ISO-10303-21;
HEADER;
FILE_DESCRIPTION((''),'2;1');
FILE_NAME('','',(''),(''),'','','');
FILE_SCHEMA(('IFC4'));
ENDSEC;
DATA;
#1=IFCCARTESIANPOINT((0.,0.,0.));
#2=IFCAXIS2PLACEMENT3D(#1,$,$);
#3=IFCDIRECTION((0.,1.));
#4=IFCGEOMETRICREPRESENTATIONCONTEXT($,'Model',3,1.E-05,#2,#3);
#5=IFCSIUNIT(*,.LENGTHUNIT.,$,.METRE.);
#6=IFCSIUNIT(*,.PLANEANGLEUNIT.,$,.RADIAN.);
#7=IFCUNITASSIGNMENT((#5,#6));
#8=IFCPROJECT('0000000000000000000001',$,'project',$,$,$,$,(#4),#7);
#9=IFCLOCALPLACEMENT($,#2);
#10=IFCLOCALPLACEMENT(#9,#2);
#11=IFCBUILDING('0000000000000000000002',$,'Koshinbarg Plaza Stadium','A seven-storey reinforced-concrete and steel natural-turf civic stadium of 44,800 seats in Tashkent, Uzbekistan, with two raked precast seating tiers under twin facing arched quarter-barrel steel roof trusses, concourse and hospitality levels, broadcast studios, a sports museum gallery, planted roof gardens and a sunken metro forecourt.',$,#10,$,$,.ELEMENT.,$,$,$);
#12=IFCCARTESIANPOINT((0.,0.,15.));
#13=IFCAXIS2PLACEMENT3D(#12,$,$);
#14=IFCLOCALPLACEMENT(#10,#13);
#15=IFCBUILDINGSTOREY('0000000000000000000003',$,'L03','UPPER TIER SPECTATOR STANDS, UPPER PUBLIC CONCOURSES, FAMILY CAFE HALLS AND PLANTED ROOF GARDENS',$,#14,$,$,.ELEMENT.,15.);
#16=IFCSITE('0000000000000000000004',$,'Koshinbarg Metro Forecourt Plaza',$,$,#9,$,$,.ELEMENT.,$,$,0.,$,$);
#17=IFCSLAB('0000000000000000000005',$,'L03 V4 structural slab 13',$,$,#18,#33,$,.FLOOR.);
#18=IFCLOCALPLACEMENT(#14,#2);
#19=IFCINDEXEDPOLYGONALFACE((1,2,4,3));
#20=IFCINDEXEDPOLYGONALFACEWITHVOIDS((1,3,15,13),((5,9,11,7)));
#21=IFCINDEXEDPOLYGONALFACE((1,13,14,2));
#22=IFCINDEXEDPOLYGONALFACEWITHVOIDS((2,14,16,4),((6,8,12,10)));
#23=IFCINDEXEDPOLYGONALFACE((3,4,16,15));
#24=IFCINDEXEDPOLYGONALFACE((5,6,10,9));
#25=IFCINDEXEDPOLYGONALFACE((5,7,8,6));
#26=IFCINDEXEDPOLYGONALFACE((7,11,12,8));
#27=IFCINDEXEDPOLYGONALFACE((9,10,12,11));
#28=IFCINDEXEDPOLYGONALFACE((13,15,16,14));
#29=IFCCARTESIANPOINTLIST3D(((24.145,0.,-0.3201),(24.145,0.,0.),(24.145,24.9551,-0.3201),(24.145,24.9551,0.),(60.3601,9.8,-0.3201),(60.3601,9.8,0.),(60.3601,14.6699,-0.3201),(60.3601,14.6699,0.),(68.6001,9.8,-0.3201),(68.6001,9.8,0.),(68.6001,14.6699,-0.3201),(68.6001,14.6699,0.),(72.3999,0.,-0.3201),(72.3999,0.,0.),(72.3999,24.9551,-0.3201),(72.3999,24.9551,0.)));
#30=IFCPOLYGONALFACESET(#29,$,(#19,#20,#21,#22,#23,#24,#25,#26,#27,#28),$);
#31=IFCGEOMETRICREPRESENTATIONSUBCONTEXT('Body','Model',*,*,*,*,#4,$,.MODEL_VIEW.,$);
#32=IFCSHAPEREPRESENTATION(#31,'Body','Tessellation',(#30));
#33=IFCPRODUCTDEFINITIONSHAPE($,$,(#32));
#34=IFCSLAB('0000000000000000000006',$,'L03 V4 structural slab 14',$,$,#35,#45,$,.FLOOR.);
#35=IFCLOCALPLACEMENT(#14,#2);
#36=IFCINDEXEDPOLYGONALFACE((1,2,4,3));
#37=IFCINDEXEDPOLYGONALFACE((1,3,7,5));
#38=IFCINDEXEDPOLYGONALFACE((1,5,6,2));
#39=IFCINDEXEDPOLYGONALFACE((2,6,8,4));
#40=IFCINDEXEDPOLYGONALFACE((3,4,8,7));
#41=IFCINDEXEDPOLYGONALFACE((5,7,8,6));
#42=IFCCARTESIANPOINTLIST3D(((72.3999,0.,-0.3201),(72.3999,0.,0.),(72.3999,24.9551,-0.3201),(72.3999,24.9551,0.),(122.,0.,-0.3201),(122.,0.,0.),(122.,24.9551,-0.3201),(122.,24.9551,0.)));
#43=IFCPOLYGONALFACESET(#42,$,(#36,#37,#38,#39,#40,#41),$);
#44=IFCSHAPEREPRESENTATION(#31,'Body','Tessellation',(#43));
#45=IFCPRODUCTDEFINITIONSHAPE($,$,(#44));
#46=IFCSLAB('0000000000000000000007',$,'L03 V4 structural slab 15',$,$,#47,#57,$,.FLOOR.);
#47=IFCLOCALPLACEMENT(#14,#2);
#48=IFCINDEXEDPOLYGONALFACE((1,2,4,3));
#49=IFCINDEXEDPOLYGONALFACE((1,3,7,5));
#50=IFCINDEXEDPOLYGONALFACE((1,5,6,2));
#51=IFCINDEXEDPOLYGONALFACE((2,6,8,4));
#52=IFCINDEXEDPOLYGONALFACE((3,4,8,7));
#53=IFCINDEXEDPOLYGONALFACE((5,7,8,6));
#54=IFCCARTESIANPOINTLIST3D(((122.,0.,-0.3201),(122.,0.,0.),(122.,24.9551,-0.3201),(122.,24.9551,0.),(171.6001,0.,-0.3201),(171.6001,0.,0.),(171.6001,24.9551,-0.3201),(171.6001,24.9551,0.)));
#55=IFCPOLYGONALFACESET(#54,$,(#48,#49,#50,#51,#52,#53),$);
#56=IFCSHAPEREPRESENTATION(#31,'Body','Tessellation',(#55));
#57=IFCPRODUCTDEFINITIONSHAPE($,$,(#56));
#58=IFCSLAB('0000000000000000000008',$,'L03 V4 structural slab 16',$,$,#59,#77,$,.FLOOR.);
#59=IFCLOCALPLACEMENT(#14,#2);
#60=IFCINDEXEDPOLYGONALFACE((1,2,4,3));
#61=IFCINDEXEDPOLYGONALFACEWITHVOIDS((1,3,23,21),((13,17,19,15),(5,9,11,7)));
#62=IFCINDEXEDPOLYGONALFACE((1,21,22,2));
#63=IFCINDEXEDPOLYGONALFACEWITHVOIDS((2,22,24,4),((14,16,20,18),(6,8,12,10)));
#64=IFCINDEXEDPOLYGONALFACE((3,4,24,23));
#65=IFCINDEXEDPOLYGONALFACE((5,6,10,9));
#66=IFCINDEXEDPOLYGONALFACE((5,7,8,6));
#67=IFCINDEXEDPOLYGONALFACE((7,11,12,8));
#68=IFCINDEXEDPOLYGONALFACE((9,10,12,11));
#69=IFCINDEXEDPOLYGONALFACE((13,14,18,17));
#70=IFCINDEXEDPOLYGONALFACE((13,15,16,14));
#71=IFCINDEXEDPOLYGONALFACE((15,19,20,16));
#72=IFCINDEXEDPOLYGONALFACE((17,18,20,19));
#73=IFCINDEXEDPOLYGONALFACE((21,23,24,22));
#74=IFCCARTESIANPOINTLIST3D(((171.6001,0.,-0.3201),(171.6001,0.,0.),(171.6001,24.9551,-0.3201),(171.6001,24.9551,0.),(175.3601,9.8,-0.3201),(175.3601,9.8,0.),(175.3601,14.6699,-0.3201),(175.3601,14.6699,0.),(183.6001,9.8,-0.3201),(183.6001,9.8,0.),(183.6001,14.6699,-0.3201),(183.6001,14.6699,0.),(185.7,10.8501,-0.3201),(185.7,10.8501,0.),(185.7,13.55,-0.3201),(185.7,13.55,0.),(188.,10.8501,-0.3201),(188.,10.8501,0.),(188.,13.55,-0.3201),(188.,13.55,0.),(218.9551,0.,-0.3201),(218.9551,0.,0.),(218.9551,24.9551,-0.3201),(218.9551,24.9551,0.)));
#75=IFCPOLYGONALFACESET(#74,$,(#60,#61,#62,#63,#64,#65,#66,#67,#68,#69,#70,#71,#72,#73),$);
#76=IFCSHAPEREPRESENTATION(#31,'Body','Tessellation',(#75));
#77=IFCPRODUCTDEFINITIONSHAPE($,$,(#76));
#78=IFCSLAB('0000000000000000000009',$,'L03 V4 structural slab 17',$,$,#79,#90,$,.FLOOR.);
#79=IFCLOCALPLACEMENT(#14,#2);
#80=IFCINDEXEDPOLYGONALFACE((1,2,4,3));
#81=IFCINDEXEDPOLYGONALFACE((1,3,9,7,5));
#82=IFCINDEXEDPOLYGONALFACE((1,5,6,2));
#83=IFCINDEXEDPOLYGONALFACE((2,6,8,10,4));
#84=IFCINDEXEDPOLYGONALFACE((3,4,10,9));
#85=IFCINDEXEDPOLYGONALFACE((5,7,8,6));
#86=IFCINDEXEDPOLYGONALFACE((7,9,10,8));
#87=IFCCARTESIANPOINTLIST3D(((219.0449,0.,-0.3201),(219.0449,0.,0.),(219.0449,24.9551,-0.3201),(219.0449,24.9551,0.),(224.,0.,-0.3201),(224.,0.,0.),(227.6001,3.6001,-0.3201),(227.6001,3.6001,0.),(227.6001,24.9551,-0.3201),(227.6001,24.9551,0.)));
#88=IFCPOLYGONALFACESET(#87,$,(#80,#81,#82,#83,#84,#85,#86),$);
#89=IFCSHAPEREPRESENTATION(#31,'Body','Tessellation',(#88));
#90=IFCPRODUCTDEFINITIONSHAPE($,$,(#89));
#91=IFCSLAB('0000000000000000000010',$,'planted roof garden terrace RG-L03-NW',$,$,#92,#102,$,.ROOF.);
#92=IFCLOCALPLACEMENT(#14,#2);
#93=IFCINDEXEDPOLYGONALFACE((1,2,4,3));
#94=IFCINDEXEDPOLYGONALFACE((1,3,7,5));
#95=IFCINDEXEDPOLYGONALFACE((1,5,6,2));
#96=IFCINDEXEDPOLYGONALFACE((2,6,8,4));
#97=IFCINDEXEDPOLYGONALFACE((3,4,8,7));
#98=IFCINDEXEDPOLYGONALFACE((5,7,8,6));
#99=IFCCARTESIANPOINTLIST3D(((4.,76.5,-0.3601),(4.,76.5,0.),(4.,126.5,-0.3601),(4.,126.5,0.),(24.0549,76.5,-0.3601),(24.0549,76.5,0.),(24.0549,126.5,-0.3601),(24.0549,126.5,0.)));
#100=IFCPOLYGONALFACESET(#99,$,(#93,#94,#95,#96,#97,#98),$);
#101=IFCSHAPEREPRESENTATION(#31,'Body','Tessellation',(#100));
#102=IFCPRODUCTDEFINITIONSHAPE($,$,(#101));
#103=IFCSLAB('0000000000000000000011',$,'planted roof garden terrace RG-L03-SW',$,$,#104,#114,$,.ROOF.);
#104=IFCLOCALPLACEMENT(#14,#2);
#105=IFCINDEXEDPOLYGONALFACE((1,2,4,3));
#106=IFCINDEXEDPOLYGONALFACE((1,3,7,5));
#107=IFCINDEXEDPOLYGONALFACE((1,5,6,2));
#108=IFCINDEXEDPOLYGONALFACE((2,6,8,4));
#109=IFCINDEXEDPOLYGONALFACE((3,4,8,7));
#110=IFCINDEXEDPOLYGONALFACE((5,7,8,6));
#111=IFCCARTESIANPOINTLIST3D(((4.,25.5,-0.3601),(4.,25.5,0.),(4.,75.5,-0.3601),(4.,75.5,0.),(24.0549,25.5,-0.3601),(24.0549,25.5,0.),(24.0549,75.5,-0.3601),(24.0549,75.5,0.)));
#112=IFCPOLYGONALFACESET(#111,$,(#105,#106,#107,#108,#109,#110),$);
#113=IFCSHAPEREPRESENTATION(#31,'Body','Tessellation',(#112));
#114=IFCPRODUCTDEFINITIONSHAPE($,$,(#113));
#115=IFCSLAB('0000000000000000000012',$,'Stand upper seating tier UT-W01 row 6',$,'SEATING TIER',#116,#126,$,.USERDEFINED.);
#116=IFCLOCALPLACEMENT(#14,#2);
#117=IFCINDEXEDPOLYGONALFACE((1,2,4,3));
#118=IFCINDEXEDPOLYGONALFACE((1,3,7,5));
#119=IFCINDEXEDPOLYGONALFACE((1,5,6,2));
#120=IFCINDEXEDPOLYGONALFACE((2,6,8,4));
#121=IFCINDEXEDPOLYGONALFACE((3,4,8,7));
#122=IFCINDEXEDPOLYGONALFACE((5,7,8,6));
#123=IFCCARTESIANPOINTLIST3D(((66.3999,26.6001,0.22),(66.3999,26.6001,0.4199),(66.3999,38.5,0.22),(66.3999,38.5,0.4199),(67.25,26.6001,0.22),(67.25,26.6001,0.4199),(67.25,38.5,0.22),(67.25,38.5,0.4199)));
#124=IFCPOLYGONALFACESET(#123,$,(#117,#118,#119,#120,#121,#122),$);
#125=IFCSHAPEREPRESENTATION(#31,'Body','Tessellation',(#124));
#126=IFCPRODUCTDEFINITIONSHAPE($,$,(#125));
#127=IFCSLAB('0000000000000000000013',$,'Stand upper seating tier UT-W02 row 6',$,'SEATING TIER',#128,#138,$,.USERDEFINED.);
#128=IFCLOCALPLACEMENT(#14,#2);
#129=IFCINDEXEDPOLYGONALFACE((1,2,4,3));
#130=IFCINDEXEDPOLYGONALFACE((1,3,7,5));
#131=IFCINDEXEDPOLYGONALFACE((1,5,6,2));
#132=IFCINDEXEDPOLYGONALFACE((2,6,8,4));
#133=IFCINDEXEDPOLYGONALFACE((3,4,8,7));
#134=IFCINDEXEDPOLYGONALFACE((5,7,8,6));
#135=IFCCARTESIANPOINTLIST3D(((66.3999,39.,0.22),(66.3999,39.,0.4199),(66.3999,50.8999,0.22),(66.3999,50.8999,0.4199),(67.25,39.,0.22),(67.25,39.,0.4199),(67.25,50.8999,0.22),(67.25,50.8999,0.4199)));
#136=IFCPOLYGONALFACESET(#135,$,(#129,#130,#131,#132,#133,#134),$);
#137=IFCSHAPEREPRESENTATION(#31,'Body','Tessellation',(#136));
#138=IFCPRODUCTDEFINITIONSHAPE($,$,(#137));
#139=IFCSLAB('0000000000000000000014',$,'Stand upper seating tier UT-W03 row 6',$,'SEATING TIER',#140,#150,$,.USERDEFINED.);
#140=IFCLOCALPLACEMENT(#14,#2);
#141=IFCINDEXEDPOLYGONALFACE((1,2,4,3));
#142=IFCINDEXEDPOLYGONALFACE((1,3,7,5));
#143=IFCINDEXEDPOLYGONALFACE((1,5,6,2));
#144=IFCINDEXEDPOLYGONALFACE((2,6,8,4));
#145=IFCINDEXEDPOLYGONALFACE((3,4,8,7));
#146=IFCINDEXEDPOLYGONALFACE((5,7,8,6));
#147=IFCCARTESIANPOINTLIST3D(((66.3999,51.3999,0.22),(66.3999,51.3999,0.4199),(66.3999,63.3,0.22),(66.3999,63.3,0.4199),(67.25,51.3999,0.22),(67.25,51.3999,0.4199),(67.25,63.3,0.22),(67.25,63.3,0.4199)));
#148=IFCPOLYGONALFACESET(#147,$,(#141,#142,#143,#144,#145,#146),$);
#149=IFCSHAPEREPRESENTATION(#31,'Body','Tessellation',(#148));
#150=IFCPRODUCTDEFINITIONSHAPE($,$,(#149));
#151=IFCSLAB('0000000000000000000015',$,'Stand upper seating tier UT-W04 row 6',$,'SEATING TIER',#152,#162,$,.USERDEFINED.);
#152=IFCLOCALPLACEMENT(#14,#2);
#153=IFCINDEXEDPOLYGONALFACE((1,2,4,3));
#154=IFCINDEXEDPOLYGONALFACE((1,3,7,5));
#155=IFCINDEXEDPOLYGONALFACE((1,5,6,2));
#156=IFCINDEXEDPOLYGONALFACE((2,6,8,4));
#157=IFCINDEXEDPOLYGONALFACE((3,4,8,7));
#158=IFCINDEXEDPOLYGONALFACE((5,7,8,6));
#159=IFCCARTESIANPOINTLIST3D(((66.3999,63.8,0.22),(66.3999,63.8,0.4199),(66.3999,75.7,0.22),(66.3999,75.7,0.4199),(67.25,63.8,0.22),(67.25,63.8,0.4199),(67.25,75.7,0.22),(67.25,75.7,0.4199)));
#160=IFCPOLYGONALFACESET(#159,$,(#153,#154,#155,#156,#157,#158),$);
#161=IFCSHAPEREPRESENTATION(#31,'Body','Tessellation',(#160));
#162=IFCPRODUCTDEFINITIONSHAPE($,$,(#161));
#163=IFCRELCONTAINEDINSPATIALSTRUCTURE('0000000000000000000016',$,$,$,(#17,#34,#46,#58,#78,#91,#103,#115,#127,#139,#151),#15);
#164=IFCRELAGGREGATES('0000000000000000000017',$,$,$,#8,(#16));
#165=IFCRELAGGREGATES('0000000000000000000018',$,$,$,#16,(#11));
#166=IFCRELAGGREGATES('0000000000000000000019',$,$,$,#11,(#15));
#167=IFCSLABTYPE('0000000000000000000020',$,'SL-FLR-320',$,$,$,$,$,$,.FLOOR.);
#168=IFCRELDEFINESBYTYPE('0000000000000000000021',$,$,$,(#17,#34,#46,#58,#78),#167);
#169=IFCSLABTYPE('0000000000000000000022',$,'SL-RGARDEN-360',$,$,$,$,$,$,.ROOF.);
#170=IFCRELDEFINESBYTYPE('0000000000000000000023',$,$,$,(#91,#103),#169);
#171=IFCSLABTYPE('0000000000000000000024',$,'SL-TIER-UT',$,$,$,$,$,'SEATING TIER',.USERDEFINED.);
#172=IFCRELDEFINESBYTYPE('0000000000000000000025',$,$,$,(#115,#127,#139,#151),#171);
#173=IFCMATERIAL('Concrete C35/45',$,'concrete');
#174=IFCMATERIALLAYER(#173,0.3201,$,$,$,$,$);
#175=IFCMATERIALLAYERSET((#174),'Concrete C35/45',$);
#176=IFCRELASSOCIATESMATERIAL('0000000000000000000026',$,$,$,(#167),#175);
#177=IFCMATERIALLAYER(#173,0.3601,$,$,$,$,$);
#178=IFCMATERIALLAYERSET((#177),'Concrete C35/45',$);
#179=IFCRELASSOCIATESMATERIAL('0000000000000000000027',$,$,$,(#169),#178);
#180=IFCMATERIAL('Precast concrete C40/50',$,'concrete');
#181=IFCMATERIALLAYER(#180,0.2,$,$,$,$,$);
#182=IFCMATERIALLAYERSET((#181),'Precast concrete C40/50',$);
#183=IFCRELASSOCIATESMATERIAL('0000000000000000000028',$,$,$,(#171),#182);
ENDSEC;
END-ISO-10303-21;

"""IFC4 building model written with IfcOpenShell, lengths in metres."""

from ifc_helpers import new_model, si_unit, direction, frame, origin, place, context, subcontext, project, spatial, polyline, outline, extrude, material, layer, layer_set, type_object, element, save


model = new_model("IFC4")

# Units and contexts
model_context = context("Model", 3, precision=1e-05, world=origin(), true_north=direction((0.0, 1.0)))
body_context = subcontext(model_context, "Body", "Model", "MODEL_VIEW")
ifc_project = project(units=[si_unit("LENGTHUNIT", "METRE"), si_unit("PLANEANGLEUNIT", "RADIAN")], contexts=[model_context])

# Site, building, storey
site_placement = place(None, origin())
site = spatial("IfcSite", under=ifc_project, at=site_placement, Name="Koshinbarg Metro Forecourt Plaza", CompositionType="ELEMENT", RefElevation=0.0)
building_placement = place(site_placement, origin())
building = spatial("IfcBuilding", under=site, at=building_placement, Name="Koshinbarg Plaza Stadium", Description="A seven-storey reinforced-concrete and steel natural-turf civic stadium of 44,800 seats in Tashkent, Uzbekistan, with two raked precast seating tiers under twin facing arched quarter-barrel steel roof trusses, concourse and hospitality levels, broadcast studios, a sports museum gallery, planted roof gardens and a sunken metro forecourt.", CompositionType="ELEMENT")
storey_placement = place(building_placement, frame((0.0, 0.0, 15.0)))
storey = spatial("IfcBuildingStorey", under=building, at=storey_placement, Name="L03", Description="UPPER TIER SPECTATOR STANDS, UPPER PUBLIC CONCOURSES, FAMILY CAFE HALLS AND PLANTED ROOF GARDENS", CompositionType="ELEMENT", Elevation=15.0)

# Slabs
ifc_material_1 = material(Name="Concrete C35/45", Category="concrete")
ifc_layer_1 = layer(ifc_material_1, 0.3201)
ifc_layer_set_1 = layer_set([ifc_layer_1], Name="Concrete C35/45")
slab_type_1 = type_object("IfcSlabType", Name="SL-FLR-320", PredefinedType="FLOOR", material=ifc_layer_set_1)
slab_1_placement = place(storey_placement, frame((0.0, 0.0, -0.3201)))
element("IfcSlab", 1, at=slab_1_placement, inside=storey, type_object=slab_type_1, Name="L03 V4 structural slab 13", PredefinedType="FLOOR", context=body_context, shape_type="SweptSolid", body=[
    extrude(outline(polyline([(24.145, 0.0), (72.3999, 0.0), (72.3999, 24.9551), (24.145, 24.9551), (24.145, 0.0)]), holes=[polyline([(60.3601, 9.8), (68.6001, 9.8), (68.6001, 14.6699), (60.3601, 14.6699), (60.3601, 9.8)])]), origin(), (0.0, 0.0, 1.0), 0.3201),
])
slab_2_placement = place(storey_placement, frame((0.0, 0.0, -0.3201)))
element("IfcSlab", 2, at=slab_2_placement, inside=storey, type_object=slab_type_1, Name="L03 V4 structural slab 14", PredefinedType="FLOOR", context=body_context, shape_type="SweptSolid", body=[
    extrude(outline(polyline([(72.3999, 0.0), (122.0, 0.0), (122.0, 24.9551), (72.3999, 24.9551), (72.3999, 0.0)])), origin(), (0.0, 0.0, 1.0), 0.3201),
])
slab_3_placement = place(storey_placement, frame((0.0, 0.0, -0.3201)))
element("IfcSlab", 3, at=slab_3_placement, inside=storey, type_object=slab_type_1, Name="L03 V4 structural slab 15", PredefinedType="FLOOR", context=body_context, shape_type="SweptSolid", body=[
    extrude(outline(polyline([(122.0, 0.0), (171.6001, 0.0), (171.6001, 24.9551), (122.0, 24.9551), (122.0, 0.0)])), origin(), (0.0, 0.0, 1.0), 0.3201),
])
slab_4_placement = place(storey_placement, frame((0.0, 0.0, -0.3201)))
element("IfcSlab", 4, at=slab_4_placement, inside=storey, type_object=slab_type_1, Name="L03 V4 structural slab 16", PredefinedType="FLOOR", context=body_context, shape_type="SweptSolid", body=[
    extrude(outline(polyline([(171.6001, 0.0), (218.9551, 0.0), (218.9551, 24.9551), (171.6001, 24.9551), (171.6001, 0.0)]), holes=[polyline([(175.3601, 9.8), (183.6001, 9.8), (183.6001, 14.6699), (175.3601, 14.6699), (175.3601, 9.8)]), polyline([(185.7, 10.8501), (188.0, 10.8501), (188.0, 13.55), (185.7, 13.55), (185.7, 10.8501)])]), origin(), (0.0, 0.0, 1.0), 0.3201),
])
slab_5_placement = place(storey_placement, frame((0.0, 0.0, -0.3201)))
element("IfcSlab", 5, at=slab_5_placement, inside=storey, type_object=slab_type_1, Name="L03 V4 structural slab 17", PredefinedType="FLOOR", context=body_context, shape_type="SweptSolid", body=[
    extrude(outline(polyline([(219.0449, 0.0), (224.0, 0.0), (227.6001, 3.6001), (227.6001, 24.9551), (219.0449, 24.9551), (219.0449, 0.0)])), origin(), (0.0, 0.0, 1.0), 0.3201),
])
ifc_layer_2 = layer(ifc_material_1, 0.3601)
ifc_layer_set_2 = layer_set([ifc_layer_2], Name="Concrete C35/45")
slab_type_2 = type_object("IfcSlabType", Name="SL-RGARDEN-360", PredefinedType="ROOF", material=ifc_layer_set_2)
slab_6_placement = place(storey_placement, frame((0.0, 0.0, -0.3601)))
element("IfcSlab", 6, at=slab_6_placement, inside=storey, type_object=slab_type_2, Name="planted roof garden terrace RG-L03-NW", PredefinedType="ROOF", context=body_context, shape_type="SweptSolid", body=[
    extrude(outline(polyline([(4.0, 76.5), (24.0549, 76.5), (24.0549, 126.5), (4.0, 126.5), (4.0, 76.5)])), origin(), (0.0, 0.0, 1.0), 0.3601),
])
slab_7_placement = place(storey_placement, frame((0.0, 0.0, -0.3601)))
element("IfcSlab", 7, at=slab_7_placement, inside=storey, type_object=slab_type_2, Name="planted roof garden terrace RG-L03-SW", PredefinedType="ROOF", context=body_context, shape_type="SweptSolid", body=[
    extrude(outline(polyline([(4.0, 25.5), (24.0549, 25.5), (24.0549, 75.5), (4.0, 75.5), (4.0, 25.5)])), origin(), (0.0, 0.0, 1.0), 0.3601),
])
ifc_material_2 = material(Name="Precast concrete C40/50", Category="concrete")
ifc_layer_3 = layer(ifc_material_2, 0.2)
ifc_layer_set_3 = layer_set([ifc_layer_3], Name="Precast concrete C40/50")
slab_type_3 = type_object("IfcSlabType", Name="SL-TIER-UT", ElementType="SEATING TIER", PredefinedType="USERDEFINED", material=ifc_layer_set_3)
slab_8_placement = place(storey_placement, frame((0.0, 0.0, 0.22)))
element("IfcSlab", 8, at=slab_8_placement, inside=storey, type_object=slab_type_3, Name="Stand upper seating tier UT-W01 row 6", ObjectType="SEATING TIER", PredefinedType="USERDEFINED", context=body_context, shape_type="SweptSolid", body=[
    extrude(outline(polyline([(66.3999, 26.6001), (67.25, 26.6001), (67.25, 38.5), (66.3999, 38.5), (66.3999, 26.6001)])), origin(), (0.0, 0.0, 1.0), 0.2),
])
slab_9_placement = place(storey_placement, frame((0.0, 0.0, 0.22)))
element("IfcSlab", 9, at=slab_9_placement, inside=storey, type_object=slab_type_3, Name="Stand upper seating tier UT-W02 row 6", ObjectType="SEATING TIER", PredefinedType="USERDEFINED", context=body_context, shape_type="SweptSolid", body=[
    extrude(outline(polyline([(66.3999, 39.0), (67.25, 39.0), (67.25, 50.8999), (66.3999, 50.8999), (66.3999, 39.0)])), origin(), (0.0, 0.0, 1.0), 0.2),
])
slab_10_placement = place(storey_placement, frame((0.0, 0.0, 0.22)))
element("IfcSlab", 10, at=slab_10_placement, inside=storey, type_object=slab_type_3, Name="Stand upper seating tier UT-W03 row 6", ObjectType="SEATING TIER", PredefinedType="USERDEFINED", context=body_context, shape_type="SweptSolid", body=[
    extrude(outline(polyline([(66.3999, 51.3999), (67.25, 51.3999), (67.25, 63.3), (66.3999, 63.3), (66.3999, 51.3999)])), origin(), (0.0, 0.0, 1.0), 0.2),
])
slab_11_placement = place(storey_placement, frame((0.0, 0.0, 0.22)))
element("IfcSlab", 11, at=slab_11_placement, inside=storey, type_object=slab_type_3, Name="Stand upper seating tier UT-W04 row 6", ObjectType="SEATING TIER", PredefinedType="USERDEFINED", context=body_context, shape_type="SweptSolid", body=[
    extrude(outline(polyline([(66.3999, 63.8), (67.25, 63.8), (67.25, 75.7), (66.3999, 75.7), (66.3999, 63.8)])), origin(), (0.0, 0.0, 1.0), 0.2),
])

save(model, "model.ifc")
